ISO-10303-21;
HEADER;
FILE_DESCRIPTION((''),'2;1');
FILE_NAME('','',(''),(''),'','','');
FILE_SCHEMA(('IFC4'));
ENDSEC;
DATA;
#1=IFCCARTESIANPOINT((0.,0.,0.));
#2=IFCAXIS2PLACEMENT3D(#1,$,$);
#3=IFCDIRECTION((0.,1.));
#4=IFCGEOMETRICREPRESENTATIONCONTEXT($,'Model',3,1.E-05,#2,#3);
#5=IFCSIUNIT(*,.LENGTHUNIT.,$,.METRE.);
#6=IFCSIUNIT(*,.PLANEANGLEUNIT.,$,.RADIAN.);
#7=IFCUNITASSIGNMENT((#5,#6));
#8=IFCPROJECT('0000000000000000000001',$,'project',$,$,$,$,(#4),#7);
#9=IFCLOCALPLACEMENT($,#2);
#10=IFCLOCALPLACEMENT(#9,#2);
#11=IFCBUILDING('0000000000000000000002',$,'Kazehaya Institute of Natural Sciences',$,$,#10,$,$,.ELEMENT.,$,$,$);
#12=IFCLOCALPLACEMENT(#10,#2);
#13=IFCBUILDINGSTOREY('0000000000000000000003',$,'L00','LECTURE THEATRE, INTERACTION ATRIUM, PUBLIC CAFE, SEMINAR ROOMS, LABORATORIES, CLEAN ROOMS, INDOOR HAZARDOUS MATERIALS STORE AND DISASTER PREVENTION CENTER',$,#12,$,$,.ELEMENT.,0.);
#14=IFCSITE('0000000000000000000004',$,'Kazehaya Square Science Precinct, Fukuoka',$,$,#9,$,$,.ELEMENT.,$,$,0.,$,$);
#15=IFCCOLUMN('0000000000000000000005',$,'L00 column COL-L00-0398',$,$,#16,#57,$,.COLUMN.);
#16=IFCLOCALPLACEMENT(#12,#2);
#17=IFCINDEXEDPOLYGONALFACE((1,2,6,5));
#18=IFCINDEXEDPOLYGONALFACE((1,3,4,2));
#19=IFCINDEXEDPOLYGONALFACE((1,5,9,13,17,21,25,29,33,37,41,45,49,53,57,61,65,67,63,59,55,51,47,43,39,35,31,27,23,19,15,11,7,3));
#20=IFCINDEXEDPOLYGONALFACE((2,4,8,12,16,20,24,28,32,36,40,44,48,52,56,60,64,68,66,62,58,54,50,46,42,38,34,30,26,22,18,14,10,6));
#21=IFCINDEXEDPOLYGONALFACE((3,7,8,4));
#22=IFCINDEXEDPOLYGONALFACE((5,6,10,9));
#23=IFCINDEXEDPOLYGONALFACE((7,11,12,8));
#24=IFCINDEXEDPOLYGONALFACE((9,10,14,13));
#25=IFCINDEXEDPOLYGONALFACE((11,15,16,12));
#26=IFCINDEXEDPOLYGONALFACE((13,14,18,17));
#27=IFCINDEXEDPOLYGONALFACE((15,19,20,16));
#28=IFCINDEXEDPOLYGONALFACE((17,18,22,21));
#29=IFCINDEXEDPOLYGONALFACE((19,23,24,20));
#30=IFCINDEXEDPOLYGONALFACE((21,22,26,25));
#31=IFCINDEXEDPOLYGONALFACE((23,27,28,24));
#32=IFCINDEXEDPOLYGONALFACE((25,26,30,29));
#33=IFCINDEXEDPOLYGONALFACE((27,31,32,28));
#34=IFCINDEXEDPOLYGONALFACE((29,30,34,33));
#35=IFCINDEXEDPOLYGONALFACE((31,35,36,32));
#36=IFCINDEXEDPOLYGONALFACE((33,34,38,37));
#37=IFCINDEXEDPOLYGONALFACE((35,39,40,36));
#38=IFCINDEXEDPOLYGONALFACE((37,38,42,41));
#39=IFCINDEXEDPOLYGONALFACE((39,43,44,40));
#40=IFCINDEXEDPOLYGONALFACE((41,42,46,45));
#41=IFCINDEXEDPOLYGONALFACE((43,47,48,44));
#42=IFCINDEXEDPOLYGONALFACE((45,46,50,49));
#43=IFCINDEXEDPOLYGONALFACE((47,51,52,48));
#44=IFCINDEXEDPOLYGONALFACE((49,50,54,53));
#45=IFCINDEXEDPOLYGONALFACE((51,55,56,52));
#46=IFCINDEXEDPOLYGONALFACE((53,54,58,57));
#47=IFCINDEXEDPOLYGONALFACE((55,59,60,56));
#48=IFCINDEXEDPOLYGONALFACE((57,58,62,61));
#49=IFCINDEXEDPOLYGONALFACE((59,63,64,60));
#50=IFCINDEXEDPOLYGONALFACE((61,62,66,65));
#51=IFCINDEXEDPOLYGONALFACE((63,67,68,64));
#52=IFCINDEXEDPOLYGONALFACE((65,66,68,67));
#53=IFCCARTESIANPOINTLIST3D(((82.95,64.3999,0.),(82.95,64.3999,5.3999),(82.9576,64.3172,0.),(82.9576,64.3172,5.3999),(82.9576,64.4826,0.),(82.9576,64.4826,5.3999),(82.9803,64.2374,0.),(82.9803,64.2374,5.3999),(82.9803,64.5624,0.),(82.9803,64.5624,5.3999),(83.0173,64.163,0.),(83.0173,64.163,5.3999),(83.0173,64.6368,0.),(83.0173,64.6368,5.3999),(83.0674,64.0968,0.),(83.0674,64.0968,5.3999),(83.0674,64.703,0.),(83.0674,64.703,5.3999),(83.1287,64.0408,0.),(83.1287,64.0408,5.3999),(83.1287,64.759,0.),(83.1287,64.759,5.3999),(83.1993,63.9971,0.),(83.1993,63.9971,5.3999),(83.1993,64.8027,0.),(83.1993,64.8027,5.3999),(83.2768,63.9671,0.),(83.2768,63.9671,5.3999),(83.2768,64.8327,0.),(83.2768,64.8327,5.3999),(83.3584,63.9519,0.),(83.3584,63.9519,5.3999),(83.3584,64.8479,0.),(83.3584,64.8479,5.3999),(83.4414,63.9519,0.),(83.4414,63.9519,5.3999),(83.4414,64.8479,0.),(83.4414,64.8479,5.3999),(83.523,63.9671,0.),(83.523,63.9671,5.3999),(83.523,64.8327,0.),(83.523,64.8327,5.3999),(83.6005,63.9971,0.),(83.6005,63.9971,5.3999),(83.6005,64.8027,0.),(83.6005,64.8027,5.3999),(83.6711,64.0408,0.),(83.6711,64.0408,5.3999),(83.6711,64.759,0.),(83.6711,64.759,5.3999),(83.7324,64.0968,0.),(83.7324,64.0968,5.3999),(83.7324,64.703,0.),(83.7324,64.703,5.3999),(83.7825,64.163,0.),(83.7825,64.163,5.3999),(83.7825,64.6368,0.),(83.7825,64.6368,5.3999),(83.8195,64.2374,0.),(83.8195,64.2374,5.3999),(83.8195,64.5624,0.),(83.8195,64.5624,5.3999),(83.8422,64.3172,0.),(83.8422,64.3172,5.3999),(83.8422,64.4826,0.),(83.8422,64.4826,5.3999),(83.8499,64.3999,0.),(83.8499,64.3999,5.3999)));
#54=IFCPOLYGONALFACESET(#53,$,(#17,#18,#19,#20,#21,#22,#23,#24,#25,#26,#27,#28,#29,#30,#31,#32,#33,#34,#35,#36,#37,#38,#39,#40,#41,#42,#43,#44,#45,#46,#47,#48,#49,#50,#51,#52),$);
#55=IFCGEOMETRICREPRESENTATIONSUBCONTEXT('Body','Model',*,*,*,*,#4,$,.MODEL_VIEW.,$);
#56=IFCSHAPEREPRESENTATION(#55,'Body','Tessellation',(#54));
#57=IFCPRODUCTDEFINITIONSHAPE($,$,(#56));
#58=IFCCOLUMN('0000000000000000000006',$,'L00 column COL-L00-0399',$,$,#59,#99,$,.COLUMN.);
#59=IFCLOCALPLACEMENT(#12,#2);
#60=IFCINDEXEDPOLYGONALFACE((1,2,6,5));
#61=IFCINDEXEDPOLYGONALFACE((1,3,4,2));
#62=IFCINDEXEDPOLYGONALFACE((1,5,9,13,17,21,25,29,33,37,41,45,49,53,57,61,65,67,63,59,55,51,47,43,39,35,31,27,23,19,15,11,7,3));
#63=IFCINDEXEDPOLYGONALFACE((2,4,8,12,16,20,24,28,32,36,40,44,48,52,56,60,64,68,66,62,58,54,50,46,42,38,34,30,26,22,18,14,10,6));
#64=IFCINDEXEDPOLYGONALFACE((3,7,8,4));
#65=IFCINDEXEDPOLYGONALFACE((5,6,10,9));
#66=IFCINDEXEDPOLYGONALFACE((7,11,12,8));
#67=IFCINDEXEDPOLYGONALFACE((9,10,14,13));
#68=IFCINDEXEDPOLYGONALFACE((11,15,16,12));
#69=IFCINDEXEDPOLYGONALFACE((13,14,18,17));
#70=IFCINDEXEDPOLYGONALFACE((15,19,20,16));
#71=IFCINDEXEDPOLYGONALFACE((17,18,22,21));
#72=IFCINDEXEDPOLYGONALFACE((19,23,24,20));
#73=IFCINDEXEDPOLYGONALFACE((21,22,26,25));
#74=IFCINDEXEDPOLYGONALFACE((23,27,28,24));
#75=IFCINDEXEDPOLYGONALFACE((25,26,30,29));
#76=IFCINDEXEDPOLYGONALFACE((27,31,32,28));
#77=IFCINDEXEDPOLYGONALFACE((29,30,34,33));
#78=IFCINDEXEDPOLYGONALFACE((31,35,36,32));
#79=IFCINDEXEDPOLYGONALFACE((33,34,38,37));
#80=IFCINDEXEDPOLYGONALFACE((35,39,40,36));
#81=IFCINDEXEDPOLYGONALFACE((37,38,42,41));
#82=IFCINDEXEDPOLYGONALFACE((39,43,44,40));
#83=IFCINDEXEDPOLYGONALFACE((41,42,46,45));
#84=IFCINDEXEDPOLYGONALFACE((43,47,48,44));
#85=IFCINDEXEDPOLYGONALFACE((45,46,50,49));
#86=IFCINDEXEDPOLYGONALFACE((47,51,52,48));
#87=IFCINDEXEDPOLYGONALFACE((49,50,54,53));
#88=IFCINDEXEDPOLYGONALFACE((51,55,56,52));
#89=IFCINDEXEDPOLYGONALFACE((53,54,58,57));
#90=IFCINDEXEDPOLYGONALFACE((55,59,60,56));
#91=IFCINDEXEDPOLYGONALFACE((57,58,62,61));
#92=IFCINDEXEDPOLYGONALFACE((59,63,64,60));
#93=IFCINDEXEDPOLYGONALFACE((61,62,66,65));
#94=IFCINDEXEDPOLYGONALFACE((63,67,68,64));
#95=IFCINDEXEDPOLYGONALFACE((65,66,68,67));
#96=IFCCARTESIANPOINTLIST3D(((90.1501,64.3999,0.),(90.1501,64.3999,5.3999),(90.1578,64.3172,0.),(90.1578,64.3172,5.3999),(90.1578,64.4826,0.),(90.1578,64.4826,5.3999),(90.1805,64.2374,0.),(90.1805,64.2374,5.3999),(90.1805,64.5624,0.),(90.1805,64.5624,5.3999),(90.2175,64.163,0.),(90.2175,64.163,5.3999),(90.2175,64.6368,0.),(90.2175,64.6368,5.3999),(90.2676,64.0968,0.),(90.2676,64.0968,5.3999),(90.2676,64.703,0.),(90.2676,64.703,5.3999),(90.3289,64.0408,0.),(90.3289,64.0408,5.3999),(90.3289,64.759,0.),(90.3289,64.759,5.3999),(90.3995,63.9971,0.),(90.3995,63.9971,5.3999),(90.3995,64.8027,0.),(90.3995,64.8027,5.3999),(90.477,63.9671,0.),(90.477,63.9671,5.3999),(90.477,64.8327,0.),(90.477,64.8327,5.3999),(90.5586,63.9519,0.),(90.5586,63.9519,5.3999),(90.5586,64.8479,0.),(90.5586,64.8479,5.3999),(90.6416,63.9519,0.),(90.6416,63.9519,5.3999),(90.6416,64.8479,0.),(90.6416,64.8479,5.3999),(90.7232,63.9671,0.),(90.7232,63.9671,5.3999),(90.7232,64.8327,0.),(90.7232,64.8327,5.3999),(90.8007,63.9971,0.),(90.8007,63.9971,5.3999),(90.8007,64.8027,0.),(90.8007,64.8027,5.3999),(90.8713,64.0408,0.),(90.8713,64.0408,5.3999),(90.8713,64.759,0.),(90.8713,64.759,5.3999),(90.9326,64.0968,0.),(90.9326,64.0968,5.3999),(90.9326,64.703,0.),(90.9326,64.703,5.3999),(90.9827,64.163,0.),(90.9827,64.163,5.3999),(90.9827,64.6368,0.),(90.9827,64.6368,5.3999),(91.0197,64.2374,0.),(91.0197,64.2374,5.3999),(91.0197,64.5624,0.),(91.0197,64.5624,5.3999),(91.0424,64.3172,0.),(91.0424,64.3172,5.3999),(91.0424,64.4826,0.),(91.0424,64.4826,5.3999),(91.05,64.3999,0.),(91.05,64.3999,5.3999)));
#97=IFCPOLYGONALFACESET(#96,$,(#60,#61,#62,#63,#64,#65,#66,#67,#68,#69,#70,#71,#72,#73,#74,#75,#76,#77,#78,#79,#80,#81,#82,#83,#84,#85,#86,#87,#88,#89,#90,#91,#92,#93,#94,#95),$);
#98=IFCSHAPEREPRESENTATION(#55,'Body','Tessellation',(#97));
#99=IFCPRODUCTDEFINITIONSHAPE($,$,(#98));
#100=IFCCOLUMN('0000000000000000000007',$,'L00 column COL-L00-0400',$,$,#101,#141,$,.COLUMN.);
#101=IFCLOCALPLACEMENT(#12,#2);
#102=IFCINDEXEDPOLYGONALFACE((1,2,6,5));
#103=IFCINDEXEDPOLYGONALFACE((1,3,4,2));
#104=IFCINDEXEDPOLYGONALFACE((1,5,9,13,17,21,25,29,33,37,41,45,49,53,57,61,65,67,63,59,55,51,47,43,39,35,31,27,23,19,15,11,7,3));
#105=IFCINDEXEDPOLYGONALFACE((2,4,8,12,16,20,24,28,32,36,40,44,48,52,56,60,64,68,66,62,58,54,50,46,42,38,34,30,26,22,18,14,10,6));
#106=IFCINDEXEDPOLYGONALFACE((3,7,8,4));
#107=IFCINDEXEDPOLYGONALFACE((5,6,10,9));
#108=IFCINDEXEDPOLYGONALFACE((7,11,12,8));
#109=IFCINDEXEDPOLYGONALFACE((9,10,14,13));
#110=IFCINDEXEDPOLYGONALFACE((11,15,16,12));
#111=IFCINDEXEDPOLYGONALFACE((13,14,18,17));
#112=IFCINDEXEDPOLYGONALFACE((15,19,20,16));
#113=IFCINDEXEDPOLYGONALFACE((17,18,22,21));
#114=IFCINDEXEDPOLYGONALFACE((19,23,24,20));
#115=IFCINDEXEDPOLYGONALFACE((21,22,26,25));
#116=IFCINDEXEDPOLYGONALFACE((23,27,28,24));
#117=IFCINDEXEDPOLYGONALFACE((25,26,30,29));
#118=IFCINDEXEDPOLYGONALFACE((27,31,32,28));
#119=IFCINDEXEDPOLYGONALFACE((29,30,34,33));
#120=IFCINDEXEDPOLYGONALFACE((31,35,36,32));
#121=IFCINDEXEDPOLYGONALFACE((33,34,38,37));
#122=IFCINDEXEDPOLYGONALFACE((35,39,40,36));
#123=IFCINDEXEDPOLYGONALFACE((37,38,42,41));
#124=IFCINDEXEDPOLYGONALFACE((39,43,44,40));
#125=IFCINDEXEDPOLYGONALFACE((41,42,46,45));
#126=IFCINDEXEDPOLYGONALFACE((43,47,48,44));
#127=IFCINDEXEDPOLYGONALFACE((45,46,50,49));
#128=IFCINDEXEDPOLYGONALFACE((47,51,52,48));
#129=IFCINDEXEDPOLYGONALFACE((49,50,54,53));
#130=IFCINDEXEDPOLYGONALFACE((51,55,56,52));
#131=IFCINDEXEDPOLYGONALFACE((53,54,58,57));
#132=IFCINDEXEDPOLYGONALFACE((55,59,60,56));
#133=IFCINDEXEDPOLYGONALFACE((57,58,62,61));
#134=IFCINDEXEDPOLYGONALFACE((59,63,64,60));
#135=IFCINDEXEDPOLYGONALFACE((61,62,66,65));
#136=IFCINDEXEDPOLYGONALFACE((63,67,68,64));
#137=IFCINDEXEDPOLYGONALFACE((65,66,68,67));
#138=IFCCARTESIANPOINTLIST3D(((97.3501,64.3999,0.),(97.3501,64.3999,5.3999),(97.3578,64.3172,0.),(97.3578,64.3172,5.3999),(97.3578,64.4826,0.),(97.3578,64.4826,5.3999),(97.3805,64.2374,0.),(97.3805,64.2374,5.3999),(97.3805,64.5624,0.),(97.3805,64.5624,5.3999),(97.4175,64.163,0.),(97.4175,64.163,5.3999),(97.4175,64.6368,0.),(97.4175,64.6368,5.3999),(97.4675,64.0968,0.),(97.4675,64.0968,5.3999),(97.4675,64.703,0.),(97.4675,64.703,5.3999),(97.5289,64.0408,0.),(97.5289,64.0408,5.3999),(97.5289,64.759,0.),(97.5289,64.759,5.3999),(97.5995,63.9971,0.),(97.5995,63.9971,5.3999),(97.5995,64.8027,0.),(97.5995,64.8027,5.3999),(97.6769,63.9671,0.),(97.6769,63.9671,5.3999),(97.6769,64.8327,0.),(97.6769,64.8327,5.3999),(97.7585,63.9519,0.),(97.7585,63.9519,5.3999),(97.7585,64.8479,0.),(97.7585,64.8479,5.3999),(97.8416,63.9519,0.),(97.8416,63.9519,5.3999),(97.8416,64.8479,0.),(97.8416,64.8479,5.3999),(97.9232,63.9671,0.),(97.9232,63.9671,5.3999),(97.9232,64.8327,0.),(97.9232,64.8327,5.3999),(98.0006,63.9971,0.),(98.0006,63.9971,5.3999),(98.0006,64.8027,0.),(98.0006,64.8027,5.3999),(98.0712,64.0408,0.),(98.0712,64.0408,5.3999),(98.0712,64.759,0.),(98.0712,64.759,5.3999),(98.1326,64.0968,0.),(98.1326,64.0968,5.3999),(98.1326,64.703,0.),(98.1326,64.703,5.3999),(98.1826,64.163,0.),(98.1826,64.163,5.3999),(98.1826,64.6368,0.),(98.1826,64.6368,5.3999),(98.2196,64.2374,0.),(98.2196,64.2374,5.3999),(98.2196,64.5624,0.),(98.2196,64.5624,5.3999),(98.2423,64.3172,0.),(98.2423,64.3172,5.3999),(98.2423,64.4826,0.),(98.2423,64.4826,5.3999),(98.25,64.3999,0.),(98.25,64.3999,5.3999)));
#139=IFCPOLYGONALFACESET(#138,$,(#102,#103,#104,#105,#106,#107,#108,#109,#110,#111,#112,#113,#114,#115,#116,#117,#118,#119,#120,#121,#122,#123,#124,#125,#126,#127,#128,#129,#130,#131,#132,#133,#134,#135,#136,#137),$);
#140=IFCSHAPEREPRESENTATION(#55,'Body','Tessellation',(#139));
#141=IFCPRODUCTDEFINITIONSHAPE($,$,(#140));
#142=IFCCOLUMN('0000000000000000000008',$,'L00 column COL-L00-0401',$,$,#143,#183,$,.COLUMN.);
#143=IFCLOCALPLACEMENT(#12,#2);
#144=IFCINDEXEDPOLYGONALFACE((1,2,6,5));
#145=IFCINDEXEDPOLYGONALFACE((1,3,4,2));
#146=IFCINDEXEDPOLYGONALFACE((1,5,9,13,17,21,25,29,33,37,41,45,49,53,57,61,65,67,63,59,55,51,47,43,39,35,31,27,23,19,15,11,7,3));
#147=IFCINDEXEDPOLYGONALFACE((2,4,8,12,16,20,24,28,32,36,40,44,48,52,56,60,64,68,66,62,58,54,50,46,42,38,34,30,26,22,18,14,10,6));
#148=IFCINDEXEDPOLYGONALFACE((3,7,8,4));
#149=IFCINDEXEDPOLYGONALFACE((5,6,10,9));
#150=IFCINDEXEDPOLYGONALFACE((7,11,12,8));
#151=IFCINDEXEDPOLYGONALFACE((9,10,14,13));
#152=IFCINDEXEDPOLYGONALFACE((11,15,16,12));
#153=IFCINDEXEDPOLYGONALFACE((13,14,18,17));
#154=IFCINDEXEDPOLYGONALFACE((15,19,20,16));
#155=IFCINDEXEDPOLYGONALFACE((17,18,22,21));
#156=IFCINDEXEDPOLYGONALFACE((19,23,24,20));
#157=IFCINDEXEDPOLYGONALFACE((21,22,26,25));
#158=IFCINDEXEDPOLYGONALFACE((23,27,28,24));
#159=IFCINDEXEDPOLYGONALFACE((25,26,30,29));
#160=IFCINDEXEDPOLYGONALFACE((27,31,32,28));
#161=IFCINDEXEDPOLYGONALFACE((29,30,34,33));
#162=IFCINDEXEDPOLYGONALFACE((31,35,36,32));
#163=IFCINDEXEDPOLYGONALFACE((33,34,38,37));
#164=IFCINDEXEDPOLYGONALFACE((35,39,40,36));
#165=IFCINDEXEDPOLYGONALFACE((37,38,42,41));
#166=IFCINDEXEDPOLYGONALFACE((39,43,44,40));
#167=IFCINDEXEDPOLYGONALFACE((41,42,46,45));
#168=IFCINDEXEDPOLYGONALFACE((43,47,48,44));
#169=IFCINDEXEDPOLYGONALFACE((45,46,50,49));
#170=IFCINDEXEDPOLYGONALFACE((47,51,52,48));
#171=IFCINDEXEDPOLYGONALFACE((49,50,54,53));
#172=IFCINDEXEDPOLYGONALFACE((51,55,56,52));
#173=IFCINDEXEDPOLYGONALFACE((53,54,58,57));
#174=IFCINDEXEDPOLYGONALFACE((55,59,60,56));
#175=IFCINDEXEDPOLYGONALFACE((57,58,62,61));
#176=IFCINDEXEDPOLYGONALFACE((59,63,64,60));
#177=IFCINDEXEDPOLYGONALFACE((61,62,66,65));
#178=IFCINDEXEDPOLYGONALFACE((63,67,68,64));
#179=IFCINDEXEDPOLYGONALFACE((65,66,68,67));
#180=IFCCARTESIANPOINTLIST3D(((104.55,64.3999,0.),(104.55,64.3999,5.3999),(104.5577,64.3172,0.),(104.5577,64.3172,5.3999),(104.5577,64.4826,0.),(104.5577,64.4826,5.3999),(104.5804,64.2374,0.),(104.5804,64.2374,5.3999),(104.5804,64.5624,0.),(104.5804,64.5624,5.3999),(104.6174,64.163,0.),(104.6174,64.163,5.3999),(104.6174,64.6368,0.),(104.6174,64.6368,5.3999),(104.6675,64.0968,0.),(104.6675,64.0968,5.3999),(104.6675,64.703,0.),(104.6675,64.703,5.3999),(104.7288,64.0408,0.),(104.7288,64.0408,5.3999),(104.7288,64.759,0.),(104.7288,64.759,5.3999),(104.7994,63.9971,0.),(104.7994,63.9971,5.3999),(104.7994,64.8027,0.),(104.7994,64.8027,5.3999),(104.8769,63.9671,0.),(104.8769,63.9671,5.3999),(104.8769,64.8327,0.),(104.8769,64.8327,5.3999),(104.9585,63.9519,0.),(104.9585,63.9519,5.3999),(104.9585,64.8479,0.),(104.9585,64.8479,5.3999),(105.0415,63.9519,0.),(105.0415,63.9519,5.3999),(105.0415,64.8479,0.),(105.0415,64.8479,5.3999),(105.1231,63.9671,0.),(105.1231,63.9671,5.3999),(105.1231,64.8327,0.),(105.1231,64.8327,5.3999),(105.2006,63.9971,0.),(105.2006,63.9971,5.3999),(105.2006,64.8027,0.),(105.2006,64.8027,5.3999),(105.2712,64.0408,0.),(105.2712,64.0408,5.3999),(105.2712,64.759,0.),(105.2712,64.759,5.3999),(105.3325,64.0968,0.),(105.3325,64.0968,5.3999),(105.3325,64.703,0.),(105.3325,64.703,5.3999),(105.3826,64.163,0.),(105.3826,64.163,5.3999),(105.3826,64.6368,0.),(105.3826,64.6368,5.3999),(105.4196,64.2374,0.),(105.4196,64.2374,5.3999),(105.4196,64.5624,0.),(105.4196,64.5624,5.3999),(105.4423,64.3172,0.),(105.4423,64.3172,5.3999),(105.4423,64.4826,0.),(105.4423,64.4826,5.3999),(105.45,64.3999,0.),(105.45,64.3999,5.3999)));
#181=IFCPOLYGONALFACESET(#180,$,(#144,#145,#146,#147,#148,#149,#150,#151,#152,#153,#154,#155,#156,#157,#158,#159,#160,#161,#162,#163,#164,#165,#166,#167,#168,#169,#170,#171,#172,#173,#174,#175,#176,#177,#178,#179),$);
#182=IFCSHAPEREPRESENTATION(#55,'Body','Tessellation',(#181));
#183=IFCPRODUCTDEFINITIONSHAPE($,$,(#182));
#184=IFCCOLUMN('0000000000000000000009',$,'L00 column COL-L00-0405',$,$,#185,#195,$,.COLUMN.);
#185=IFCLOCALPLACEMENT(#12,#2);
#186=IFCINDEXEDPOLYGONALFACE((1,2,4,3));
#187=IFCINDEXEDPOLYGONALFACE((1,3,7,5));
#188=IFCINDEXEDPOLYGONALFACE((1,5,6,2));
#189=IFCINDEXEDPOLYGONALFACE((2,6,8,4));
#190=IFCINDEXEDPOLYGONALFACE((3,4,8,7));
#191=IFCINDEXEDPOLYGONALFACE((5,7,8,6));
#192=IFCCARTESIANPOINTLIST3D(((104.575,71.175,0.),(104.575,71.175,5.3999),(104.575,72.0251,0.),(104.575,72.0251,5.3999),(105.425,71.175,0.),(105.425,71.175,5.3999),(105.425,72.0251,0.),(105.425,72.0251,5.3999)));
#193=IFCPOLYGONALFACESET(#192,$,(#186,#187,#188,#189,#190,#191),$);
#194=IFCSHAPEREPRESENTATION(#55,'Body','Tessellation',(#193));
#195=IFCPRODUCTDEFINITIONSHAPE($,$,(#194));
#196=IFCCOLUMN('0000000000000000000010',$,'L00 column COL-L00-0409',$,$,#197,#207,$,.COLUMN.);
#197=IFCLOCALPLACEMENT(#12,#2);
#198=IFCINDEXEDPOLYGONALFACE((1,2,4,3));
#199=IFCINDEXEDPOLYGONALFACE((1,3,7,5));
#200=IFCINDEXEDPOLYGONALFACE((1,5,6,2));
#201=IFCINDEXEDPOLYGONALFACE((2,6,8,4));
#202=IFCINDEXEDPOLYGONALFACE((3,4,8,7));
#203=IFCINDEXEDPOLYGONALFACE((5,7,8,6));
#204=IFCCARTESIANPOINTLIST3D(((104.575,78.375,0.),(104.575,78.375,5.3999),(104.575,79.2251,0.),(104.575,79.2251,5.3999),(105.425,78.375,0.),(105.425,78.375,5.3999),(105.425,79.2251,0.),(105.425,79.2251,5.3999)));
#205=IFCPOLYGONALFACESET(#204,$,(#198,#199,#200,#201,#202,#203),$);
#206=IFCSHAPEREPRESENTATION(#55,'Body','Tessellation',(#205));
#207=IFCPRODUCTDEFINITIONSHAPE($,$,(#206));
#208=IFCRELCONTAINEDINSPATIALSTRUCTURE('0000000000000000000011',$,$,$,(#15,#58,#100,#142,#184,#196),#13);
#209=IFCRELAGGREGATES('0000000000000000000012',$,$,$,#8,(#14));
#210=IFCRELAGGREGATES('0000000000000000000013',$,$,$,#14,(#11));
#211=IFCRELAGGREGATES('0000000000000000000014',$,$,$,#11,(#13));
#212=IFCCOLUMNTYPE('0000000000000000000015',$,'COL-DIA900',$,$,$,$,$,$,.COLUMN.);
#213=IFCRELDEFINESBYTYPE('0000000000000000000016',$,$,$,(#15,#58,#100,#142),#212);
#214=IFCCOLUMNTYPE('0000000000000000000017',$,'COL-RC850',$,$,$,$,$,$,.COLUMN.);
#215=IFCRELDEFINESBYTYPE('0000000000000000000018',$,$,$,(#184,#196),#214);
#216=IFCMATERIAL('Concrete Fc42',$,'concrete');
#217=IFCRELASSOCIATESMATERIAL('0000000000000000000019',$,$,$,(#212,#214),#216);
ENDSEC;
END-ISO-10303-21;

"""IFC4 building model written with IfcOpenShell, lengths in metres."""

from ifc_helpers import new_model, si_unit, direction, frame, origin, origin_2d, place, context, subcontext, project, spatial, rectangle, circle, extrude, material, material_profile, profile_set, type_object, element, save


model = new_model("IFC4")

# Units and contexts
model_context = context("Model", 3, precision=1e-05, world=origin(), true_north=direction((0.0, 1.0)))
body_context = subcontext(model_context, "Body", "Model", "MODEL_VIEW")
ifc_project = project(units=[si_unit("LENGTHUNIT", "METRE"), si_unit("PLANEANGLEUNIT", "RADIAN")], contexts=[model_context])

# Site, building, storey
site_placement = place(None, origin())
site = spatial("IfcSite", under=ifc_project, at=site_placement, Name="Kazehaya Square Science Precinct, Fukuoka", CompositionType="ELEMENT", RefElevation=0.0)
building_placement = place(site_placement, origin())
building = spatial("IfcBuilding", under=site, at=building_placement, Name="Kazehaya Institute of Natural Sciences", CompositionType="ELEMENT")
storey_placement = place(building_placement, origin())
storey = spatial("IfcBuildingStorey", under=building, at=storey_placement, Name="L00", Description="LECTURE THEATRE, INTERACTION ATRIUM, PUBLIC CAFE, SEMINAR ROOMS, LABORATORIES, CLEAN ROOMS, INDOOR HAZARDOUS MATERIALS STORE AND DISASTER PREVENTION CENTER", CompositionType="ELEMENT", Elevation=0.0)

# Columns
ifc_material_1 = material(Name="Concrete Fc42", Category="concrete")
ifc_material_profile_1 = material_profile(ifc_material_1, circle(Radius=0.45, at=origin_2d()), Name="RC-DIA900")
ifc_profile_set_1 = profile_set([ifc_material_profile_1], Name="Concrete Fc42")
column_type_1 = type_object("IfcColumnType", Name="COL-DIA900", PredefinedType="COLUMN", material=ifc_profile_set_1)
for number, where, z_axis, x_axis, name in (
    (1, (83.3999, 64.3999, 0.0), (0.0, 0.0, 1.0), (1.0, 0.0, 0.0), "L00 column COL-L00-0398"),
    (2, (90.6001, 64.3999, 0.0), (0.0, 0.0, 1.0), (1.0, 0.0, 0.0), "L00 column COL-L00-0399"),
    (3, (97.8, 64.3999, 0.0), (0.0, 0.0, 1.0), (1.0, 0.0, 0.0), "L00 column COL-L00-0400"),
    (4, (105.0, 64.3999, 0.0), (0.0, 0.0, 1.0), (1.0, 0.0, 0.0), "L00 column COL-L00-0401"),
):
    element("IfcColumn", number, at=place(storey_placement, frame(where, z_axis=z_axis, x_axis=x_axis)), inside=storey, type_object=column_type_1, Name=name, PredefinedType="COLUMN", context=body_context, shape_type="SweptSolid", body=[
        extrude(circle(Radius=0.45, at=origin_2d()), origin(), (0.0, 0.0, 1.0), 5.3999),
    ])
ifc_material_profile_2 = material_profile(ifc_material_1, rectangle(XDim=0.8501, YDim=0.8501, at=origin_2d()), Name="RC-850x850")
ifc_profile_set_2 = profile_set([ifc_material_profile_2], Name="Concrete Fc42")
column_type_2 = type_object("IfcColumnType", Name="COL-RC850", PredefinedType="COLUMN", material=ifc_profile_set_2)
for number, where, z_axis, x_axis, name in (
    (5, (105.0, 71.6001, 0.0), (0.0, 0.0, 1.0), (1.0, 0.0, 0.0), "L00 column COL-L00-0405"),
    (6, (105.0, 78.8, 0.0), (0.0, 0.0, 1.0), (1.0, 0.0, 0.0), "L00 column COL-L00-0409"),
):
    element("IfcColumn", number, at=place(storey_placement, frame(where, z_axis=z_axis, x_axis=x_axis)), inside=storey, type_object=column_type_2, Name=name, PredefinedType="COLUMN", context=body_context, shape_type="SweptSolid", body=[
        extrude(rectangle(XDim=0.8501, YDim=0.8501, at=origin_2d()), origin(), (0.0, 0.0, 1.0), 5.3999),
    ])

save(model, "model.ifc")
